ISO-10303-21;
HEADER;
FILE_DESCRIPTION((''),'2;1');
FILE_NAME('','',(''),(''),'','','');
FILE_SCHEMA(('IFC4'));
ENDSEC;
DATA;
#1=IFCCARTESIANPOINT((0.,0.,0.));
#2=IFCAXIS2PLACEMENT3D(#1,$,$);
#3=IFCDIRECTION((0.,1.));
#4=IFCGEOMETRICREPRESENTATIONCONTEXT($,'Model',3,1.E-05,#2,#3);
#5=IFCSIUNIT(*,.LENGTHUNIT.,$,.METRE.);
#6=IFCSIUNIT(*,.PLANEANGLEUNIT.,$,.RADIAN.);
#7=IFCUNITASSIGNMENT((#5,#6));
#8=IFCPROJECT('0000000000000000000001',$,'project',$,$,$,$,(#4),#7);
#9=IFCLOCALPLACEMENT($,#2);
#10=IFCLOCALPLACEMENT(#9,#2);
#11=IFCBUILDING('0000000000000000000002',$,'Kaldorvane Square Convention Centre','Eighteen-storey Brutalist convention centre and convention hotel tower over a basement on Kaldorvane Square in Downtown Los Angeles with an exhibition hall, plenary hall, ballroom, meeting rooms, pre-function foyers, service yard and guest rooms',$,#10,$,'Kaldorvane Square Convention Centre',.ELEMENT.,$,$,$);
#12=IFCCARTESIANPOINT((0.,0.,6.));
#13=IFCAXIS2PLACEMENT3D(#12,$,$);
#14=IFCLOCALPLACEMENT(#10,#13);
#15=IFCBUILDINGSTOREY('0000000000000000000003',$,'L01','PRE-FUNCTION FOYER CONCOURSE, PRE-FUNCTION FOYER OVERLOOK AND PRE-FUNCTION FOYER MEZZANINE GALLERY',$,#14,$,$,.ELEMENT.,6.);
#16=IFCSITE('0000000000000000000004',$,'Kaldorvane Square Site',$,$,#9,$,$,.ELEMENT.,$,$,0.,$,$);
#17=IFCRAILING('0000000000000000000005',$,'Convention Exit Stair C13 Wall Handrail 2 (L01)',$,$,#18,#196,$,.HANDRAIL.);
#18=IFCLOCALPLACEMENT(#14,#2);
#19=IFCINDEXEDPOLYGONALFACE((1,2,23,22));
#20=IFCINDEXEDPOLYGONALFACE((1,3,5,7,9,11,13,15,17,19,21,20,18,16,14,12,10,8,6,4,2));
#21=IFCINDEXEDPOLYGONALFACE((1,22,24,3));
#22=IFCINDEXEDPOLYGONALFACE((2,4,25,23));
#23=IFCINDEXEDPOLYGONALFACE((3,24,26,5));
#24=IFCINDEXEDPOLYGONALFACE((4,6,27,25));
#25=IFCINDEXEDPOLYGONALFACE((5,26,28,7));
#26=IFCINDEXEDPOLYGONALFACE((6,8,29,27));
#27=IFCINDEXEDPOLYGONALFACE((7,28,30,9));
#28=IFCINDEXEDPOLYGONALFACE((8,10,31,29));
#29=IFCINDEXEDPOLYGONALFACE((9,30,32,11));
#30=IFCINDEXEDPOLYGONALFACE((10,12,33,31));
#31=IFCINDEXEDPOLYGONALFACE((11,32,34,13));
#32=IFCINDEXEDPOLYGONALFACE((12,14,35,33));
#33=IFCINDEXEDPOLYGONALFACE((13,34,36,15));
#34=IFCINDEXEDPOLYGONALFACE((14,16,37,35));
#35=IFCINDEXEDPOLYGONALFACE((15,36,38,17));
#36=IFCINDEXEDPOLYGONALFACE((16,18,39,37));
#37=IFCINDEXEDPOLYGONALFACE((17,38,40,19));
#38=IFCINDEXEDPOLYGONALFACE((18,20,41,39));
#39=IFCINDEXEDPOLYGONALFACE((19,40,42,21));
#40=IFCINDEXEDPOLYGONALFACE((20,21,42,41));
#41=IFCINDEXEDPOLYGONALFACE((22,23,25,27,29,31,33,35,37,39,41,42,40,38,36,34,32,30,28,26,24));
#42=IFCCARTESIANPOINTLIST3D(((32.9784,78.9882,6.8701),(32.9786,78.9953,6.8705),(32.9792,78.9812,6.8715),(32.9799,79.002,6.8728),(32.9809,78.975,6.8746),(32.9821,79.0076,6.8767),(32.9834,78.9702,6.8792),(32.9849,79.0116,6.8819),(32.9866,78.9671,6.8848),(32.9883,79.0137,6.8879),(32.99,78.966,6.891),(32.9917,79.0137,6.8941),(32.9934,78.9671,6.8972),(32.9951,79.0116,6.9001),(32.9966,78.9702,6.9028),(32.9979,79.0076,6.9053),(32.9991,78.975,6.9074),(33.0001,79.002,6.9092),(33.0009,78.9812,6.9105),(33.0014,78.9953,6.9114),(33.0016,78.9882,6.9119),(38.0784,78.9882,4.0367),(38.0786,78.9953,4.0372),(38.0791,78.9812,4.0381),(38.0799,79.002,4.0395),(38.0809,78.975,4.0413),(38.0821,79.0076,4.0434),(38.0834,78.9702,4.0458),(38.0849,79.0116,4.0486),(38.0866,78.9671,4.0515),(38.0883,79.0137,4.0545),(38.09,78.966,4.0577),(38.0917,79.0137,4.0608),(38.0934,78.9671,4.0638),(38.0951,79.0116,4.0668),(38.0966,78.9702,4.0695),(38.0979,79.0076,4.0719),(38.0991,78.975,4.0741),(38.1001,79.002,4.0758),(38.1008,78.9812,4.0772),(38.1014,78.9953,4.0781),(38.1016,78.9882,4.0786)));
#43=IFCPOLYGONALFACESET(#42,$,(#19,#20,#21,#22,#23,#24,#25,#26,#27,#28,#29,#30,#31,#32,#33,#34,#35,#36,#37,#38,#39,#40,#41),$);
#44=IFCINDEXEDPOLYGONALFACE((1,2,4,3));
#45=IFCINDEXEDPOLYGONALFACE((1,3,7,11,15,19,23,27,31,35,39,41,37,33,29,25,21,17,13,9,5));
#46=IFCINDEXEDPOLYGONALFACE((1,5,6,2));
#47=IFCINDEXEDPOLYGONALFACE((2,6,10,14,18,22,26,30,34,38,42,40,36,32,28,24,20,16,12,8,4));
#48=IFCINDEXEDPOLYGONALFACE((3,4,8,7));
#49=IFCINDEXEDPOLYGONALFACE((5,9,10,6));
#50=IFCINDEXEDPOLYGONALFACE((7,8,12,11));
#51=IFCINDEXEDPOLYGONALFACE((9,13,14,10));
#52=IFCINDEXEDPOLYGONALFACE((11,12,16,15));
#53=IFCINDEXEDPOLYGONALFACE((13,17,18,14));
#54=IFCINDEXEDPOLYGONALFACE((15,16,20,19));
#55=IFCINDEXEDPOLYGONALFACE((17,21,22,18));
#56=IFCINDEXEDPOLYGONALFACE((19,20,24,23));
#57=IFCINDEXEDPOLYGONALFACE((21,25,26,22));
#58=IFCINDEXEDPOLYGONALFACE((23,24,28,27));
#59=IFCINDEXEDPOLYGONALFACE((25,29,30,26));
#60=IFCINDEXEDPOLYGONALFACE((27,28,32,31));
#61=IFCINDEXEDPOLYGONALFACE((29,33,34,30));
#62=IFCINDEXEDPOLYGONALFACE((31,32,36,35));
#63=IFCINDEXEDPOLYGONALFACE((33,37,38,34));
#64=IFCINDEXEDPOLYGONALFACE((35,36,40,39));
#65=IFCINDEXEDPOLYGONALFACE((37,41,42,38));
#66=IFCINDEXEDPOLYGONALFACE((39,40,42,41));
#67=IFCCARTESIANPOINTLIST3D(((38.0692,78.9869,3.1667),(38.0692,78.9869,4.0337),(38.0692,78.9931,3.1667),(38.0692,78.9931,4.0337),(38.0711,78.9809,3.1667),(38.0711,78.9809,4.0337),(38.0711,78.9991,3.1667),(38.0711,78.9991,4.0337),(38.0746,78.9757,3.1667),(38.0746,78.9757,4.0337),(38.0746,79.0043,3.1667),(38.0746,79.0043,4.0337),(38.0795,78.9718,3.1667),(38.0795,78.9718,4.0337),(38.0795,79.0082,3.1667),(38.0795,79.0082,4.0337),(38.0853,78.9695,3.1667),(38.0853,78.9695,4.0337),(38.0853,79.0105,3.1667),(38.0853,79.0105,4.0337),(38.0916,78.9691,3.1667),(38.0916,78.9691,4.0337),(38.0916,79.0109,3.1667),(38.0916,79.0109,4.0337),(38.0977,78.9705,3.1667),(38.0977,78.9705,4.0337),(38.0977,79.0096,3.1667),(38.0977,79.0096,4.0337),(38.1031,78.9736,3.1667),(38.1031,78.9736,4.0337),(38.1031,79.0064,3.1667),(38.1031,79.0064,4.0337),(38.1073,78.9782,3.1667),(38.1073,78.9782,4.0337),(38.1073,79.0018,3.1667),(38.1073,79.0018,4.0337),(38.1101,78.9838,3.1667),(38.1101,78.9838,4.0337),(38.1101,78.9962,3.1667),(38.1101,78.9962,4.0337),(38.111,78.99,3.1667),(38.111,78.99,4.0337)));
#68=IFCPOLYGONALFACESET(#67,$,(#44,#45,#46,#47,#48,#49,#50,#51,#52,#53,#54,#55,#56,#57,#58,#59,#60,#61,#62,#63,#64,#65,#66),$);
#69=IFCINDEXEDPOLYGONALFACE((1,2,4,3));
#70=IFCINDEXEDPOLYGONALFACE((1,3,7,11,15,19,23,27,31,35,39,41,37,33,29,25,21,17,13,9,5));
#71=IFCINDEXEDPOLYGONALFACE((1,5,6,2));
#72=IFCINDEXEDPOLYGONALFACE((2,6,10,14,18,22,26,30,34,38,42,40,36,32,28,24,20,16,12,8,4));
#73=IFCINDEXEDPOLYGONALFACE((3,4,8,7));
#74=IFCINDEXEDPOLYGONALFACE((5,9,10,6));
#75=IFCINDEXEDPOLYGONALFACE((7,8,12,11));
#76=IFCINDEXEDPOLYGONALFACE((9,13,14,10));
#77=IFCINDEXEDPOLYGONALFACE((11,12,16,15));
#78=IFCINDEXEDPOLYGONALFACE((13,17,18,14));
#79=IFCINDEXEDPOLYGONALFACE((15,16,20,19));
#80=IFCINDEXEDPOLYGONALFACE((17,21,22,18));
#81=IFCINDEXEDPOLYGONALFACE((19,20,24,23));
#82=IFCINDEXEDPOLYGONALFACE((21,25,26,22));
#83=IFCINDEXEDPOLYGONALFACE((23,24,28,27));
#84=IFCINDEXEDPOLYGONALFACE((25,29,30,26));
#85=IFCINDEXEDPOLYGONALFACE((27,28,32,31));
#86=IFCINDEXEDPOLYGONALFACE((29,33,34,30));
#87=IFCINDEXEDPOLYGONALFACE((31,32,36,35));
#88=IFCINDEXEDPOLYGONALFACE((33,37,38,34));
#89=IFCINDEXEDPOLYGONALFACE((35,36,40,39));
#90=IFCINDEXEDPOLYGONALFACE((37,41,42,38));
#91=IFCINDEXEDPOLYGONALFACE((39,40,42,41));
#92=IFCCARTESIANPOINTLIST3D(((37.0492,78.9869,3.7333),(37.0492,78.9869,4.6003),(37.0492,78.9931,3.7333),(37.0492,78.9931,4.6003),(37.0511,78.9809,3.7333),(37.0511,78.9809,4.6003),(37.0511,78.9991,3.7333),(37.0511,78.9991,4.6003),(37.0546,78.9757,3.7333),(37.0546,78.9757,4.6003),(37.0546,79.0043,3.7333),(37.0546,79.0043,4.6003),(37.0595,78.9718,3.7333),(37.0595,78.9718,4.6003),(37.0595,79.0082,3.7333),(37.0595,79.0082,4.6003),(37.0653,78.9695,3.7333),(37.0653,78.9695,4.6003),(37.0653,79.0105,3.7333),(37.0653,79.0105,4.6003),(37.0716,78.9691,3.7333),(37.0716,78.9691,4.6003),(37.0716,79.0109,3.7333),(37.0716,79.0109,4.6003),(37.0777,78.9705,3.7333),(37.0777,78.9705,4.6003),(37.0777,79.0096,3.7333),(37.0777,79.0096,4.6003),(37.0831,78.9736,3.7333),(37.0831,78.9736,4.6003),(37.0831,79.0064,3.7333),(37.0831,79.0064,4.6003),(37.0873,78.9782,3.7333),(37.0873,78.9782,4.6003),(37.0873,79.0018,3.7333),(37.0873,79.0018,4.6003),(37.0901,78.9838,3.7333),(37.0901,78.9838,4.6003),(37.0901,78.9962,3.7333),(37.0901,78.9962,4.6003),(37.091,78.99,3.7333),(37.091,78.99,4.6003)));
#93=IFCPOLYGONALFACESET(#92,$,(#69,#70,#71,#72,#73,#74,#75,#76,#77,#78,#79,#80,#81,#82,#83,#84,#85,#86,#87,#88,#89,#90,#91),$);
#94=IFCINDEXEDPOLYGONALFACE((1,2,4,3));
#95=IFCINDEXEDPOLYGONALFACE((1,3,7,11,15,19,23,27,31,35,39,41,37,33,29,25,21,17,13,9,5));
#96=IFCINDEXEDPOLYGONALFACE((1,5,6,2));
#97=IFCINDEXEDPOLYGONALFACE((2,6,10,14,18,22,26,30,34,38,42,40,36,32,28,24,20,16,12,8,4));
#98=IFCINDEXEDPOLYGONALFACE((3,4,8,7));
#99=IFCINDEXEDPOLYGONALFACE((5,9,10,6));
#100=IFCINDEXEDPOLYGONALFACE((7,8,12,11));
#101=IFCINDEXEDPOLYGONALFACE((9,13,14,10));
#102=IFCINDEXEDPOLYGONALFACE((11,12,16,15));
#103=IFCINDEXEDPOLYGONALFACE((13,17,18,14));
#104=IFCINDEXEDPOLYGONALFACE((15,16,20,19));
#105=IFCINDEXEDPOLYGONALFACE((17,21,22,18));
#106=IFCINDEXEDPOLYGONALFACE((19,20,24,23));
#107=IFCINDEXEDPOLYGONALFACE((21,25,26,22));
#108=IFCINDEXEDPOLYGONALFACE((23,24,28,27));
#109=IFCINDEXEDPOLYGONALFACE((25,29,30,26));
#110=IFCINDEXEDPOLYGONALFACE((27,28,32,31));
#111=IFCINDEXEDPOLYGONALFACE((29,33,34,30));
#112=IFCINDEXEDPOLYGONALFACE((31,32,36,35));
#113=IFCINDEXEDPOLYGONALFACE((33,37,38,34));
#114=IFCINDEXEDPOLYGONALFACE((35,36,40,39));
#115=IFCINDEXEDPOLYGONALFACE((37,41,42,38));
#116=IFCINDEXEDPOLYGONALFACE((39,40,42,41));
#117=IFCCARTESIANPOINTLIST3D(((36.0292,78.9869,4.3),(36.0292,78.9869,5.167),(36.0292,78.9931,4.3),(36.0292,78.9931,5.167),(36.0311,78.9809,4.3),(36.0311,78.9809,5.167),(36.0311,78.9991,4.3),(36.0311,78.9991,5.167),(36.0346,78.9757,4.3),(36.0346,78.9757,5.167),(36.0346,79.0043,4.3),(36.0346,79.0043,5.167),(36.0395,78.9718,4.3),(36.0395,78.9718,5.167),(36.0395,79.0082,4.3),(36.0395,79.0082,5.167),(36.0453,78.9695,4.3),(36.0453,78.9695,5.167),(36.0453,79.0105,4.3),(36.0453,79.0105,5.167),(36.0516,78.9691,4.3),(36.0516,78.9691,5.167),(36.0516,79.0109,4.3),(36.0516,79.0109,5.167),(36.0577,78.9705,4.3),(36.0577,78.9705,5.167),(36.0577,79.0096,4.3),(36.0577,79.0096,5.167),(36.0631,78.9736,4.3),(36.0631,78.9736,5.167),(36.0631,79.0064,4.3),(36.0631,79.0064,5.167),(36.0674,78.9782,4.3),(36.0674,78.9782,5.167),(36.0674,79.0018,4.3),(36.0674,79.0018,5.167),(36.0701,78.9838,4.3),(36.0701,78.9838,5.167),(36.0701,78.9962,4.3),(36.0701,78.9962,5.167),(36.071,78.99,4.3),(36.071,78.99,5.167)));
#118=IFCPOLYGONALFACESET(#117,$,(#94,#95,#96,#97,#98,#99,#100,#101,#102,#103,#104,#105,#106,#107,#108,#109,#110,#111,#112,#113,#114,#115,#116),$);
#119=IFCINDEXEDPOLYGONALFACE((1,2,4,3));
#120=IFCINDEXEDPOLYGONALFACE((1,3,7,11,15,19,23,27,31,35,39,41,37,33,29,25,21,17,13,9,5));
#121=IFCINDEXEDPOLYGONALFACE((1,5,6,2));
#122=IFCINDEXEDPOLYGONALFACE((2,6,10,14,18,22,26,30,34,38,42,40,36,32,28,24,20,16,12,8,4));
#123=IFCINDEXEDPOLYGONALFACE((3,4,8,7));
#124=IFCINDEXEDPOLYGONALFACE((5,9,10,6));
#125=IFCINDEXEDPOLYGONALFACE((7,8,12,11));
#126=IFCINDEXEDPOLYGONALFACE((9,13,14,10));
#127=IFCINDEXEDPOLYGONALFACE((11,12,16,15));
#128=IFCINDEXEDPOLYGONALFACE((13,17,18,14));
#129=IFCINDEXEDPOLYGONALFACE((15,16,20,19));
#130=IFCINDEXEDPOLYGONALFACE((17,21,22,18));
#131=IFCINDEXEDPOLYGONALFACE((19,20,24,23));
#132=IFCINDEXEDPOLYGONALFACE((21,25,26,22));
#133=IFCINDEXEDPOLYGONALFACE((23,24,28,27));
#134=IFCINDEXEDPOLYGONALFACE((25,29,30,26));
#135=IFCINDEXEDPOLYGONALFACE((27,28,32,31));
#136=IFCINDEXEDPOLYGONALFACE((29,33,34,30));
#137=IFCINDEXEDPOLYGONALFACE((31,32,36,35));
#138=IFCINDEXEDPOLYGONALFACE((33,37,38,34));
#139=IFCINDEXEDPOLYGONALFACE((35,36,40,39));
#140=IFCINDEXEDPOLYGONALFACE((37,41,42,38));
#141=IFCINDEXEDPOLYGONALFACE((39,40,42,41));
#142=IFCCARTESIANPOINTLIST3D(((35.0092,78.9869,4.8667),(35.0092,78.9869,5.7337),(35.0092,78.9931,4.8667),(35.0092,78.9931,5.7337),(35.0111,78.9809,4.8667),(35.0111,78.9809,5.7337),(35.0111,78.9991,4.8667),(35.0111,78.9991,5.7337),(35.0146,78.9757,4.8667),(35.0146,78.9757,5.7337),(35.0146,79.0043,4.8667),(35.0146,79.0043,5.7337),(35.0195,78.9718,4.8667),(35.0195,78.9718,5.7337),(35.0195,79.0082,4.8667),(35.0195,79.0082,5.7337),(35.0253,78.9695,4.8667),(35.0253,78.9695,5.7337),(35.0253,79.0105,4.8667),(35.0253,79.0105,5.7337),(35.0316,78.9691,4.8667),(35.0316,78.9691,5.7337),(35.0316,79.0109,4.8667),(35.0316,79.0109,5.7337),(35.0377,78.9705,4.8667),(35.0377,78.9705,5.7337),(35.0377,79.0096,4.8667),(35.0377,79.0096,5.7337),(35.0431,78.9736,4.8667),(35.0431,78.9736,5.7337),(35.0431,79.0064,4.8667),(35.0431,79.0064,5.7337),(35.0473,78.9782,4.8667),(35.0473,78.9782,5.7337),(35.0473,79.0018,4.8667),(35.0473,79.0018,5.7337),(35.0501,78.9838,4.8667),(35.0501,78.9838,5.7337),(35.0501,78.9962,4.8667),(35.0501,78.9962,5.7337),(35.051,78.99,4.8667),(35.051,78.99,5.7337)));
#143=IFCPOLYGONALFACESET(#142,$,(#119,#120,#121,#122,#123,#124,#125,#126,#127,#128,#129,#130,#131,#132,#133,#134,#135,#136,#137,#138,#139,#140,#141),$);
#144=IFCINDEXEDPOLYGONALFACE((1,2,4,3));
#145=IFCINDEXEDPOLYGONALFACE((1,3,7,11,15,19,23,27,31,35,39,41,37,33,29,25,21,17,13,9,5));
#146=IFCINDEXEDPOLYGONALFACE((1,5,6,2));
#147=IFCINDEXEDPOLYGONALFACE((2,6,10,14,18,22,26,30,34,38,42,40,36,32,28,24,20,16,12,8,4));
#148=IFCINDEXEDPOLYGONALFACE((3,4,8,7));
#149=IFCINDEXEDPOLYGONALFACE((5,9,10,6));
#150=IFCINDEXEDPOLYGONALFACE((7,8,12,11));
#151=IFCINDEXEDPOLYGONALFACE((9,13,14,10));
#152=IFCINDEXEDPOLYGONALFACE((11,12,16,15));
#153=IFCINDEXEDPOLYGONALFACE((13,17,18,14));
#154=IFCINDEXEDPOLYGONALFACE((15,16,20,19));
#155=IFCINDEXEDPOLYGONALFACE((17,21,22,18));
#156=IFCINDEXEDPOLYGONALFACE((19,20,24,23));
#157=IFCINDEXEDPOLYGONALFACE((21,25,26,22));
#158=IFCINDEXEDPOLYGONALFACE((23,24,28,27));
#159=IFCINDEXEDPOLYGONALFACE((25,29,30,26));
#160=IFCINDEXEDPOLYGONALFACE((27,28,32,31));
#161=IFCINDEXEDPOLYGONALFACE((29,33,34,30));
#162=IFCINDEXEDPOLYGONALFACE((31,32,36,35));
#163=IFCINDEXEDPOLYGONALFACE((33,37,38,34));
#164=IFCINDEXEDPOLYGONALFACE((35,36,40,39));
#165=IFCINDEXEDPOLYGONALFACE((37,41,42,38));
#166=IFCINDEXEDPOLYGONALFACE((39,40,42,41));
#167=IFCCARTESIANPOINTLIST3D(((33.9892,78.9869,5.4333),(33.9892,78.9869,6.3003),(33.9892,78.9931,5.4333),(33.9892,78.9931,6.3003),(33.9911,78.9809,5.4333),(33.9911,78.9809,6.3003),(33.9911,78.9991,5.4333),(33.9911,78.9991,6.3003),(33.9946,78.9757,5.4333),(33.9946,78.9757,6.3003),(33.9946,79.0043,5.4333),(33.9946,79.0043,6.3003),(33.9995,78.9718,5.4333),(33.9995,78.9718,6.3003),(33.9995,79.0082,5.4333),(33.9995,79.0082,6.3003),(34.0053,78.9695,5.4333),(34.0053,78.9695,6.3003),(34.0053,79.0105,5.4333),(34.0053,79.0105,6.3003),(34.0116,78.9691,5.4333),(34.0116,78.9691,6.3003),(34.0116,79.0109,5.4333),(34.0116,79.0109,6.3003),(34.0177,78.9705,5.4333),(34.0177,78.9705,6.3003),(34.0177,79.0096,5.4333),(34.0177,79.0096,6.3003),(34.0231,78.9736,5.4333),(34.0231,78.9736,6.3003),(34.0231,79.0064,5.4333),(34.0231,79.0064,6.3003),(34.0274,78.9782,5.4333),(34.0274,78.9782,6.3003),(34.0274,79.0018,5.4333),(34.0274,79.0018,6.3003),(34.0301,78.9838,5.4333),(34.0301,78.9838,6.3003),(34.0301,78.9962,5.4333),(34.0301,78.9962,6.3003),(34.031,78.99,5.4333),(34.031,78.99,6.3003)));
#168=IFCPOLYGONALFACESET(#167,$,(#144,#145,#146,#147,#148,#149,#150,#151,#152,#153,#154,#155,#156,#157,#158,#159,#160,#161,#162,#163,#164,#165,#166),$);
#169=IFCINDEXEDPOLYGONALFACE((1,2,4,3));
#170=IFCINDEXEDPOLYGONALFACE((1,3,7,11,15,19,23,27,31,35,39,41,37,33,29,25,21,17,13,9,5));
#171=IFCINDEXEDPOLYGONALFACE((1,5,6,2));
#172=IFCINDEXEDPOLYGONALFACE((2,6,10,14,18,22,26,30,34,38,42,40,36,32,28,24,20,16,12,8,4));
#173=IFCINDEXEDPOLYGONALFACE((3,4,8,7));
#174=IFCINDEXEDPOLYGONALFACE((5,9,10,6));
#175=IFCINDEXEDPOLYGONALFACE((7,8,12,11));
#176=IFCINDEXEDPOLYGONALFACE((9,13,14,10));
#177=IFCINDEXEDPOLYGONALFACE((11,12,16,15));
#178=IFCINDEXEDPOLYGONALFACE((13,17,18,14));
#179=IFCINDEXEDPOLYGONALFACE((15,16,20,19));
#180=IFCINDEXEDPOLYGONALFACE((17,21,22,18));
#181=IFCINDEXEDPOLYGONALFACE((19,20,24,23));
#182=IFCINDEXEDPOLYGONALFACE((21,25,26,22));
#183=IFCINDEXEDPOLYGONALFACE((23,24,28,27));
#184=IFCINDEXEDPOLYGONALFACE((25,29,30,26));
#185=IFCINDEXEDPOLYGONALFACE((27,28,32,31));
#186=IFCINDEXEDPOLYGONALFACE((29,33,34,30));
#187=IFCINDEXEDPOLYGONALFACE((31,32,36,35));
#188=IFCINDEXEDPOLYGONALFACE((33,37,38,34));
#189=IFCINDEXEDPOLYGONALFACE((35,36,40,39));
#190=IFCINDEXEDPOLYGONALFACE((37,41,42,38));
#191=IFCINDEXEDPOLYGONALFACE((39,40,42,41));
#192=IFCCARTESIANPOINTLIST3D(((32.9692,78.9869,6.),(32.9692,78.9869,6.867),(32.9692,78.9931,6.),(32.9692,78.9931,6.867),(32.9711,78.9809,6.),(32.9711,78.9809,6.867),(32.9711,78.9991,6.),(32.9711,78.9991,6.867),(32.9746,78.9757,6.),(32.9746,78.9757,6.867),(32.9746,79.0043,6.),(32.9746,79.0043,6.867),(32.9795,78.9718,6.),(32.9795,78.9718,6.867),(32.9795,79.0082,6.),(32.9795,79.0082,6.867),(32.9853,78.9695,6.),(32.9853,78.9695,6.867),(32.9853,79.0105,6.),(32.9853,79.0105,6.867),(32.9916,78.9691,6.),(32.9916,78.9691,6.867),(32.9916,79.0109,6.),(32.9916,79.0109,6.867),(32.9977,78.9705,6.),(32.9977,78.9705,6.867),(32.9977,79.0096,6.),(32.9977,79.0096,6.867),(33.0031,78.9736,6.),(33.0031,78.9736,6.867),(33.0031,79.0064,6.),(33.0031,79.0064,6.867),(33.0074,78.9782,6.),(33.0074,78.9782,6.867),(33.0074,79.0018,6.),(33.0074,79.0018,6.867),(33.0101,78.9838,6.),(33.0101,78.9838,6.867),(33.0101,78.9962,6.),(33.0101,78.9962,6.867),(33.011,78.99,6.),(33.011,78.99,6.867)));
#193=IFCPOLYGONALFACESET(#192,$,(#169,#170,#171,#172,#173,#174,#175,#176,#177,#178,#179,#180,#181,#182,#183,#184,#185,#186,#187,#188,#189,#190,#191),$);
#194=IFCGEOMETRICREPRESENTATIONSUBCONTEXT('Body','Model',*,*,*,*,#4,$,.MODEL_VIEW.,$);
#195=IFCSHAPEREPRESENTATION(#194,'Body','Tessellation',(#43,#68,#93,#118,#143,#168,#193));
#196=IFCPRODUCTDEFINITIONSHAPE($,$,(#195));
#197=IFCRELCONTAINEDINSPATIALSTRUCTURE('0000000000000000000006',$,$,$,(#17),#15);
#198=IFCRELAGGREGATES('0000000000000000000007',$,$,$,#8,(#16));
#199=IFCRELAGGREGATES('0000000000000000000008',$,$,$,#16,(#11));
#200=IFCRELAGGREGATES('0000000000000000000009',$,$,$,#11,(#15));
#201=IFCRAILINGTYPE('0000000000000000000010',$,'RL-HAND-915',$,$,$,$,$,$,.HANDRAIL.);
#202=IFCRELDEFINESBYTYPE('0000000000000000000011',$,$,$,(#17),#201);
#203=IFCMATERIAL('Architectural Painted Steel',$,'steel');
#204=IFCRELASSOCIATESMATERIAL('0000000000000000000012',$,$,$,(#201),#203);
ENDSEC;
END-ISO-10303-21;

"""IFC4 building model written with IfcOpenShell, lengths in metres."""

from ifc_helpers import new_model, si_unit, direction, frame, origin, origin_2d, place, context, subcontext, project, spatial, circle, extrude, material, type_object, element, save


model = new_model("IFC4")

# Units and contexts
model_context = context("Model", 3, precision=1e-05, world=origin(), true_north=direction((0.0, 1.0)))
body_context = subcontext(model_context, "Body", "Model", "MODEL_VIEW")
ifc_project = project(units=[si_unit("LENGTHUNIT", "METRE"), si_unit("PLANEANGLEUNIT", "RADIAN")], contexts=[model_context])

# Site, building, storey
site_placement = place(None, origin())
site = spatial("IfcSite", under=ifc_project, at=site_placement, Name="Kaldorvane Square Site", CompositionType="ELEMENT", RefElevation=0.0)
building_placement = place(site_placement, origin())
building = spatial("IfcBuilding", under=site, at=building_placement, Name="Kaldorvane Square Convention Centre", Description="Eighteen-storey Brutalist convention centre and convention hotel tower over a basement on Kaldorvane Square in Downtown Los Angeles with an exhibition hall, plenary hall, ballroom, meeting rooms, pre-function foyers, service yard and guest rooms", LongName="Kaldorvane Square Convention Centre", CompositionType="ELEMENT")
storey_placement = place(building_placement, frame((0.0, 0.0, 6.0)))
storey = spatial("IfcBuildingStorey", under=building, at=storey_placement, Name="L01", Description="PRE-FUNCTION FOYER CONCOURSE, PRE-FUNCTION FOYER OVERLOOK AND PRE-FUNCTION FOYER MEZZANINE GALLERY", CompositionType="ELEMENT", Elevation=6.0)

# Railing
ifc_material_1 = material(Name="Architectural Painted Steel", Category="steel")
railing_type_1 = type_object("IfcRailingType", Name="RL-HAND-915", PredefinedType="HANDRAIL", material=ifc_material_1)
railing_1_placement = place(storey_placement, frame((38.09, 78.99, 3.1667)))
element("IfcRailing", 1, at=railing_1_placement, inside=storey, type_object=railing_type_1, Name="Convention Exit Stair C13 Wall Handrail 2 (L01)", PredefinedType="HANDRAIL", context=body_context, shape_type="SweptSolid", body=[
    extrude(circle(Radius=0.024, at=origin_2d()), frame((0.0, 0.0, 0.891), z_axis=(-0.874157, 0.0, 0.485643), x_axis=(0.0, -1.0, 0.0)), (0.0, 0.0, 1.0), 5.8342),
    extrude(circle(Radius=0.021, at=origin_2d()), origin(), (0.0, 0.0, 1.0), 0.867),
    extrude(circle(Radius=0.021, at=origin_2d()), frame((-1.02, 0.0, 0.5667)), (0.0, 0.0, 1.0), 0.867),
    extrude(circle(Radius=0.021, at=origin_2d()), frame((-2.04, 0.0, 1.1333)), (0.0, 0.0, 1.0), 0.867),
    extrude(circle(Radius=0.021, at=origin_2d()), frame((-3.06, 0.0, 1.7)), (0.0, 0.0, 1.0), 0.867),
    extrude(circle(Radius=0.021, at=origin_2d()), frame((-4.08, 0.0, 2.2667)), (0.0, 0.0, 1.0), 0.867),
    extrude(circle(Radius=0.021, at=origin_2d()), frame((-5.1, 0.0, 2.8333)), (0.0, 0.0, 1.0), 0.867),
])

save(model, "model.ifc")
